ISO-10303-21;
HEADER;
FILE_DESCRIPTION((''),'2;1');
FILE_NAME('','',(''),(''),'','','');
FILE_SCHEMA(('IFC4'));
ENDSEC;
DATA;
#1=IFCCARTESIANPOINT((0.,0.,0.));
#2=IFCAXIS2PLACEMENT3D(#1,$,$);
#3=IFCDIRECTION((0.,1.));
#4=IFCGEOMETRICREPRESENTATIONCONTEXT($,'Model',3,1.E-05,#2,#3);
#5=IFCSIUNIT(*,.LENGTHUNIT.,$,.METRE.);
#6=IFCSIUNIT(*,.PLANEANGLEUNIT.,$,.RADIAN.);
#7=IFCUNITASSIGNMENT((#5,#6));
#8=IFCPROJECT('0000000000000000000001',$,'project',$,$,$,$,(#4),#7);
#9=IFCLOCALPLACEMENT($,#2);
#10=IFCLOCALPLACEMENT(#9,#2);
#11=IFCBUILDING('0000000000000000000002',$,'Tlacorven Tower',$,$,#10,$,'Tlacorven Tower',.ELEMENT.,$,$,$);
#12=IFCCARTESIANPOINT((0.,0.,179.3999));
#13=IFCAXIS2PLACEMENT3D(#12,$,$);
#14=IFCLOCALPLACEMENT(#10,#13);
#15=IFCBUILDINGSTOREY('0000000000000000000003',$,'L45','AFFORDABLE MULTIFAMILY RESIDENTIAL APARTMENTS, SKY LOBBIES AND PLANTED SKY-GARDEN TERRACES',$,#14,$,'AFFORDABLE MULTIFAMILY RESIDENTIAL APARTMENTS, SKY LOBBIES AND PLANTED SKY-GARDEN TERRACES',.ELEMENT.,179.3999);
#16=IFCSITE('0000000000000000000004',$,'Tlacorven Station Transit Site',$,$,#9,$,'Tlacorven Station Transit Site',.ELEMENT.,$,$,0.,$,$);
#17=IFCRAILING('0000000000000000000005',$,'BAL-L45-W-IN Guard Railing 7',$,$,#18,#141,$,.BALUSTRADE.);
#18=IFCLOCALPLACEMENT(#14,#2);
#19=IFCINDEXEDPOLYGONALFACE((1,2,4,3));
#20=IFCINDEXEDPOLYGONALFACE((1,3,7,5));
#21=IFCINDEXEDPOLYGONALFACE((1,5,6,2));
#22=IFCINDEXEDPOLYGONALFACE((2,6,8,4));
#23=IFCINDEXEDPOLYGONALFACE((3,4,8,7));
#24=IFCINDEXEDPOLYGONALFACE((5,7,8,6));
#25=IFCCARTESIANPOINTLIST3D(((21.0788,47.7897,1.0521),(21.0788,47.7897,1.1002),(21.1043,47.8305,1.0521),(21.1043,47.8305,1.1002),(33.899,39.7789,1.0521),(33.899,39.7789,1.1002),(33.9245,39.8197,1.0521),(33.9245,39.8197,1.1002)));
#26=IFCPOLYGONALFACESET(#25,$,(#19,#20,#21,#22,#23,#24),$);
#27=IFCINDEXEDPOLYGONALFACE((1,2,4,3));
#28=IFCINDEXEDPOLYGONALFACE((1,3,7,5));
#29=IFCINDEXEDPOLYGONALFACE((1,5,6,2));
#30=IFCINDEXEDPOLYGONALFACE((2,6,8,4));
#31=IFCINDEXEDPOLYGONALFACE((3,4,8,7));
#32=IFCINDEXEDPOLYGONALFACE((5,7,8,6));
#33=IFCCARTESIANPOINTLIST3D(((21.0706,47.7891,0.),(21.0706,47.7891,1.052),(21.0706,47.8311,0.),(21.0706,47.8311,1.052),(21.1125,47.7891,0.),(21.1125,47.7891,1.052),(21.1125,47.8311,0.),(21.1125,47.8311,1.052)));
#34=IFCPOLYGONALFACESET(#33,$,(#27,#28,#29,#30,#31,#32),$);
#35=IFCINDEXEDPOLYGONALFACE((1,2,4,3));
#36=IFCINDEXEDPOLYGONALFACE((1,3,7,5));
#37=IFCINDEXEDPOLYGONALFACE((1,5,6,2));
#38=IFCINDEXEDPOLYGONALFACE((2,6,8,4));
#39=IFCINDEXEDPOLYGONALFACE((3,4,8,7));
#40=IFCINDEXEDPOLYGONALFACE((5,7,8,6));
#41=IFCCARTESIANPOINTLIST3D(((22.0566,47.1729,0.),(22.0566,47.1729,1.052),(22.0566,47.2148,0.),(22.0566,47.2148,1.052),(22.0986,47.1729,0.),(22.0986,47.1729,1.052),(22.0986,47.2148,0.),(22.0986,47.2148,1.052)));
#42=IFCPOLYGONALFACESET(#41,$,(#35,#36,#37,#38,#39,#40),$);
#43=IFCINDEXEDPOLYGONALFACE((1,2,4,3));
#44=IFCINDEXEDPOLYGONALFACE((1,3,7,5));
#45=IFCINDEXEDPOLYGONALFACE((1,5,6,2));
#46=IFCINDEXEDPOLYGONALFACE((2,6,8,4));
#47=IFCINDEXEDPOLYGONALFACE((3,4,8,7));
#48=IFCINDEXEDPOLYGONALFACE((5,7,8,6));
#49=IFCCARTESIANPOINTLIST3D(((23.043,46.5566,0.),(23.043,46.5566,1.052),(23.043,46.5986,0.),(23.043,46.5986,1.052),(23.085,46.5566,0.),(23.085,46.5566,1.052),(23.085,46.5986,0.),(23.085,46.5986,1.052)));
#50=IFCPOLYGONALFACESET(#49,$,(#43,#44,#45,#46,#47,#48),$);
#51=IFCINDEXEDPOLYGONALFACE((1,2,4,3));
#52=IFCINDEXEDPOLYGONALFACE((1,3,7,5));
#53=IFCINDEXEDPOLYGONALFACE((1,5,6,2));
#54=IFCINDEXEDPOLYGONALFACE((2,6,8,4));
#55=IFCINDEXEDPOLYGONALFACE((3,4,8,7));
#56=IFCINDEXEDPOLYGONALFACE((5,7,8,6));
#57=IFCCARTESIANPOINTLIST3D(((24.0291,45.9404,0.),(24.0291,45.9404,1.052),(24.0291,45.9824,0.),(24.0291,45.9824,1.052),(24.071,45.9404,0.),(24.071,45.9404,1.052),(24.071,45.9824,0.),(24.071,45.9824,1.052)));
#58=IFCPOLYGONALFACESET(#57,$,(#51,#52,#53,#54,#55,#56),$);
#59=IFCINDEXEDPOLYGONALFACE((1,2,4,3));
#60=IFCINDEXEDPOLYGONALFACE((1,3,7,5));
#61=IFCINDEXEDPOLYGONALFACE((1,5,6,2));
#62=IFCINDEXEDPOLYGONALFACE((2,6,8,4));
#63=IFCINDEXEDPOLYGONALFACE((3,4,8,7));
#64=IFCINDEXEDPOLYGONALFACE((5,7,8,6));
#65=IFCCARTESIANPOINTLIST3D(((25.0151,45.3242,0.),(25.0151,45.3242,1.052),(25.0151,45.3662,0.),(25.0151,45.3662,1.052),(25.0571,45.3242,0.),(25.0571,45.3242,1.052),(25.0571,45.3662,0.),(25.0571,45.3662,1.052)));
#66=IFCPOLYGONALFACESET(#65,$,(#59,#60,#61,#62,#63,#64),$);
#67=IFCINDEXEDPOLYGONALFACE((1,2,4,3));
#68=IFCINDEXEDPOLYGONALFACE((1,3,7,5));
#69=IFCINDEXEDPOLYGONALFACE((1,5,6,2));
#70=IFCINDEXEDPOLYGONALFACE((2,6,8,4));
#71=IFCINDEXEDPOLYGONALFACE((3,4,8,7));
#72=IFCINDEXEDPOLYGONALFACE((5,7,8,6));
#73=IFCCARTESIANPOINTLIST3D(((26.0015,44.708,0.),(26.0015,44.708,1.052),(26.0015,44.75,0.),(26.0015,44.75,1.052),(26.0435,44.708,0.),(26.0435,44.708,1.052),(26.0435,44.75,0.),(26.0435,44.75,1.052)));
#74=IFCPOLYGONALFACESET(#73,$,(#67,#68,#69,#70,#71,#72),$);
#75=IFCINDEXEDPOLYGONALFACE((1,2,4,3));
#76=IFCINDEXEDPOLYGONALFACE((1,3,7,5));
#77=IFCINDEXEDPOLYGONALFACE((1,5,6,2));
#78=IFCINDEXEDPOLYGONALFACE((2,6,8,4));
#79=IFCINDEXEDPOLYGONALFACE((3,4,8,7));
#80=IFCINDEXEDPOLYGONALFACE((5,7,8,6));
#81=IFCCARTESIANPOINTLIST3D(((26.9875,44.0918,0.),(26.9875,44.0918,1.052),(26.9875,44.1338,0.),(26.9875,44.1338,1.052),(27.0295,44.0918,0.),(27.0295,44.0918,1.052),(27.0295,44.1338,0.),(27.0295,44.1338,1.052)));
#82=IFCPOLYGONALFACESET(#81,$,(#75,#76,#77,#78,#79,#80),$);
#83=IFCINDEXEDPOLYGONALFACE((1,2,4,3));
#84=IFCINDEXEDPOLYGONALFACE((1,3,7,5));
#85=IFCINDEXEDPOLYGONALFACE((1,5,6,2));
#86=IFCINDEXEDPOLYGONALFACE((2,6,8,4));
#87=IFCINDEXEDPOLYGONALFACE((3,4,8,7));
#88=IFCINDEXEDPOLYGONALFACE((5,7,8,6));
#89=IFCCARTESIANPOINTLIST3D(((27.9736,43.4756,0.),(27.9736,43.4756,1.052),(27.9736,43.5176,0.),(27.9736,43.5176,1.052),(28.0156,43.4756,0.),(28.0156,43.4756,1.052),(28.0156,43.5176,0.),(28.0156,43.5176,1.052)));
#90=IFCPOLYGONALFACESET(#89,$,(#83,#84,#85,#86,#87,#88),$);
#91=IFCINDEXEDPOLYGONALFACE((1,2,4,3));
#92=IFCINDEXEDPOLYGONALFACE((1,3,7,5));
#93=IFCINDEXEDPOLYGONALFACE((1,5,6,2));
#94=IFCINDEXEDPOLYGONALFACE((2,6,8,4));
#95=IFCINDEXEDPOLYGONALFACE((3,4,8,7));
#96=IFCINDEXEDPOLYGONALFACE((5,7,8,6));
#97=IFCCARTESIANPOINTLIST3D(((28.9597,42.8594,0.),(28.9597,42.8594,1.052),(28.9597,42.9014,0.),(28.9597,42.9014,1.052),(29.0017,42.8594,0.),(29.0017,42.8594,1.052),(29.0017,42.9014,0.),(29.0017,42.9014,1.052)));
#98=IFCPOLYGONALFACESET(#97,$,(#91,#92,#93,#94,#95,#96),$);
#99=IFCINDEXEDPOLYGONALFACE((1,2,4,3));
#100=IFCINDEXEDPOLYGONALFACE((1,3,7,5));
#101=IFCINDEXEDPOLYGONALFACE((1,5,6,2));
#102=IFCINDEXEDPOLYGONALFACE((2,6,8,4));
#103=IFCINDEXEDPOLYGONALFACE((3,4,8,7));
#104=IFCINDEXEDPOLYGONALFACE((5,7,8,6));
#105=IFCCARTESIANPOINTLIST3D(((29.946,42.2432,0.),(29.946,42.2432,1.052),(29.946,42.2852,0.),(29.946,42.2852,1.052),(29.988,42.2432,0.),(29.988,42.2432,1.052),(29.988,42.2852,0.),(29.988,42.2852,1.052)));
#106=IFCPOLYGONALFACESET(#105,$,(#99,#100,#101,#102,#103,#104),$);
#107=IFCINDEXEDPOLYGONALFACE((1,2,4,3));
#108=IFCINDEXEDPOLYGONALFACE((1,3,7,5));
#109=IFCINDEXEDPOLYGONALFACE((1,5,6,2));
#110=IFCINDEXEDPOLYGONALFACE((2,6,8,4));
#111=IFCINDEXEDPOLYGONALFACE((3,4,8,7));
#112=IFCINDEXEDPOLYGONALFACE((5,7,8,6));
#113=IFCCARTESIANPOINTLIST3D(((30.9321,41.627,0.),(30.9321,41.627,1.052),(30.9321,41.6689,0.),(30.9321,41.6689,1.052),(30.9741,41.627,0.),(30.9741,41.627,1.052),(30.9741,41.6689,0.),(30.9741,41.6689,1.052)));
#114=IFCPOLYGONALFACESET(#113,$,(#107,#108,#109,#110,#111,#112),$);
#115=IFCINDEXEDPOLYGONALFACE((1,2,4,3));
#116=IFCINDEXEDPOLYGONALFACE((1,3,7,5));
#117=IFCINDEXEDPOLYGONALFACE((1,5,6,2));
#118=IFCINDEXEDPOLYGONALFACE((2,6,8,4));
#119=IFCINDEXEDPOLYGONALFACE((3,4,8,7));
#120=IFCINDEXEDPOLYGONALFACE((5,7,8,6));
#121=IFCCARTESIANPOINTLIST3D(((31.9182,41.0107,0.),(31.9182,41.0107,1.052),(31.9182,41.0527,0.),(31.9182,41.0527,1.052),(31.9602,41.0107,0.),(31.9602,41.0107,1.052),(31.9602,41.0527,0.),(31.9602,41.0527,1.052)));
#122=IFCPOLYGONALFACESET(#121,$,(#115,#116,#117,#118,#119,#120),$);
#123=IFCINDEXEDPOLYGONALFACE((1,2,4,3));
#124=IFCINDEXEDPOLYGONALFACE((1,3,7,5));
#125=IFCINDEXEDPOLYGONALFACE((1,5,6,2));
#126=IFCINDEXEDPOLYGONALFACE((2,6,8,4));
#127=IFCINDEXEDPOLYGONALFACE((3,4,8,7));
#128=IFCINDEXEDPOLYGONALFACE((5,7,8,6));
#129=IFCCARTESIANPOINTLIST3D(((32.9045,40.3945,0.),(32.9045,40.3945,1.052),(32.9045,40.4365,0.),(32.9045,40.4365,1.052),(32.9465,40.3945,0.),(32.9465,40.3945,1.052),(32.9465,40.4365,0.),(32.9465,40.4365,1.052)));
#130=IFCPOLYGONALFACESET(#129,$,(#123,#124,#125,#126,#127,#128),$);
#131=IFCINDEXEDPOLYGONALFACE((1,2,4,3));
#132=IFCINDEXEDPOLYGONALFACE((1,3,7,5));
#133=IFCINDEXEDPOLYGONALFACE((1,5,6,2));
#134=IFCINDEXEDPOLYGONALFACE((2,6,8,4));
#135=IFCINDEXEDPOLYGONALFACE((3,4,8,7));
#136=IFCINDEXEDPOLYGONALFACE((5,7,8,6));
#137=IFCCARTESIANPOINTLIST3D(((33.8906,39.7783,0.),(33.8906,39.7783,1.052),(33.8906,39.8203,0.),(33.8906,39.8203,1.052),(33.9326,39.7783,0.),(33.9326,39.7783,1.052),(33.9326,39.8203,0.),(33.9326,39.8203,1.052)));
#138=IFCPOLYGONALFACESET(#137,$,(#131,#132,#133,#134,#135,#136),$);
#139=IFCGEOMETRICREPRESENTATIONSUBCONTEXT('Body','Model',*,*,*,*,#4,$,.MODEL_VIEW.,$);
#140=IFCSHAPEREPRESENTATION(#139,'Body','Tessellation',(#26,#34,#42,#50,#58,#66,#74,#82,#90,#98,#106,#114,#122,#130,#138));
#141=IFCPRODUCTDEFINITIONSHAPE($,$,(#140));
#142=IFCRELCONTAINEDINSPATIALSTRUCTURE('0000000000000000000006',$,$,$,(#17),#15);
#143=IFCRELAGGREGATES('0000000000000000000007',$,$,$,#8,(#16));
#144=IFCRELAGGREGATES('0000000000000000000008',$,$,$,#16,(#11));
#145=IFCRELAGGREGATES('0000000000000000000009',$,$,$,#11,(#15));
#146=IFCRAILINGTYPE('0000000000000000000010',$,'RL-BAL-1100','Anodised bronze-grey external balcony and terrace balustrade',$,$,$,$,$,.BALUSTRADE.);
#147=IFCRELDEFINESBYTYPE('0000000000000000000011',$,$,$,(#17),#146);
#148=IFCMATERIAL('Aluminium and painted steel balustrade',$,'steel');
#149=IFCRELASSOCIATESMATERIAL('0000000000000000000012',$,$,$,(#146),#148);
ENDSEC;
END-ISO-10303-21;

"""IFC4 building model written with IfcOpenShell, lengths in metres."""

from ifc_helpers import new_model, si_unit, direction, frame, origin, origin_2d, place, context, subcontext, project, spatial, rectangle, extrude, source, transform, mapped, material, type_object, element, save


model = new_model("IFC4")

# Units and contexts
model_context = context("Model", 3, precision=1e-05, world=origin(), true_north=direction((0.0, 1.0)))
body_context = subcontext(model_context, "Body", "Model", "MODEL_VIEW")
ifc_project = project(units=[si_unit("LENGTHUNIT", "METRE"), si_unit("PLANEANGLEUNIT", "RADIAN")], contexts=[model_context])

# Site, building, storey
site_placement = place(None, origin())
site = spatial("IfcSite", under=ifc_project, at=site_placement, Name="Tlacorven Station Transit Site", LongName="Tlacorven Station Transit Site", CompositionType="ELEMENT", RefElevation=0.0)
building_placement = place(site_placement, origin())
building = spatial("IfcBuilding", under=site, at=building_placement, Name="Tlacorven Tower", LongName="Tlacorven Tower", CompositionType="ELEMENT")
storey_placement = place(building_placement, frame((0.0, 0.0, 179.3999)))
storey = spatial("IfcBuildingStorey", under=building, at=storey_placement, Name="L45", Description="AFFORDABLE MULTIFAMILY RESIDENTIAL APARTMENTS, SKY LOBBIES AND PLANTED SKY-GARDEN TERRACES", LongName="AFFORDABLE MULTIFAMILY RESIDENTIAL APARTMENTS, SKY LOBBIES AND PLANTED SKY-GARDEN TERRACES", CompositionType="ELEMENT", Elevation=179.3999)

# Railing
ifc_material_1 = material(Name="Aluminium and painted steel balustrade", Category="steel")
railing_type = type_object("IfcRailingType", Name="RL-BAL-1100", Description="Anodised bronze-grey external balcony and terrace balustrade", PredefinedType="BALUSTRADE", material=ifc_material_1)
shared_shape_1 = source(origin(), body_context, "Body", "SweptSolid", [
    extrude(rectangle(XDim=0.0481, YDim=0.0481, at=origin_2d()), frame((0.0, 0.0, 1.0762), z_axis=(0.848052, -0.529913, 0.0), x_axis=(0.529913, 0.848052, 0.0)), (0.0, 0.0, 1.0), 15.1172),
    extrude(rectangle(XDim=0.042, YDim=0.042, at=origin_2d()), origin(), (0.0, 0.0, 1.0), 1.052),
    extrude(rectangle(XDim=0.042, YDim=0.042, at=origin_2d()), frame((0.9861, -0.6162, 0.0)), (0.0, 0.0, 1.0), 1.052),
    extrude(rectangle(XDim=0.042, YDim=0.042, at=origin_2d()), frame((1.9724, -1.2324, 0.0)), (0.0, 0.0, 1.0), 1.052),
    extrude(rectangle(XDim=0.042, YDim=0.042, at=origin_2d()), frame((2.9585, -1.8486, 0.0)), (0.0, 0.0, 1.0), 1.052),
    extrude(rectangle(XDim=0.042, YDim=0.042, at=origin_2d()), frame((3.9446, -2.4648, 0.0)), (0.0, 0.0, 1.0), 1.052),
    extrude(rectangle(XDim=0.042, YDim=0.042, at=origin_2d()), frame((4.9309, -3.0811, 0.0)), (0.0, 0.0, 1.0), 1.052),
    extrude(rectangle(XDim=0.042, YDim=0.042, at=origin_2d()), frame((5.917, -3.6973, 0.0)), (0.0, 0.0, 1.0), 1.052),
    extrude(rectangle(XDim=0.042, YDim=0.042, at=origin_2d()), frame((6.9031, -4.3135, 0.0)), (0.0, 0.0, 1.0), 1.052),
    extrude(rectangle(XDim=0.042, YDim=0.042, at=origin_2d()), frame((7.8892, -4.9297, 0.0)), (0.0, 0.0, 1.0), 1.052),
    extrude(rectangle(XDim=0.042, YDim=0.042, at=origin_2d()), frame((8.8755, -5.5459, 0.0)), (0.0, 0.0, 1.0), 1.052),
    extrude(rectangle(XDim=0.042, YDim=0.042, at=origin_2d()), frame((9.8616, -6.1621, 0.0)), (0.0, 0.0, 1.0), 1.052),
    extrude(rectangle(XDim=0.042, YDim=0.042, at=origin_2d()), frame((10.8477, -6.7783, 0.0)), (0.0, 0.0, 1.0), 1.052),
    extrude(rectangle(XDim=0.042, YDim=0.042, at=origin_2d()), frame((11.834, -7.3945, 0.0)), (0.0, 0.0, 1.0), 1.052),
    extrude(rectangle(XDim=0.042, YDim=0.042, at=origin_2d()), frame((12.8201, -8.0107, 0.0)), (0.0, 0.0, 1.0), 1.052),
])
railing_1_placement = place(storey_placement, frame((21.0916, 47.8101, 0.0)))
element("IfcRailing", 1, at=railing_1_placement, inside=storey, type_object=railing_type, Name="BAL-L45-W-IN Guard Railing 7", PredefinedType="BALUSTRADE", context=body_context, shape_type="MappedRepresentation", body=[
    mapped(shared_shape_1, transform((0.0, 0.0, 0.0), scale=1.0)),
])

save(model, "model.ifc")
